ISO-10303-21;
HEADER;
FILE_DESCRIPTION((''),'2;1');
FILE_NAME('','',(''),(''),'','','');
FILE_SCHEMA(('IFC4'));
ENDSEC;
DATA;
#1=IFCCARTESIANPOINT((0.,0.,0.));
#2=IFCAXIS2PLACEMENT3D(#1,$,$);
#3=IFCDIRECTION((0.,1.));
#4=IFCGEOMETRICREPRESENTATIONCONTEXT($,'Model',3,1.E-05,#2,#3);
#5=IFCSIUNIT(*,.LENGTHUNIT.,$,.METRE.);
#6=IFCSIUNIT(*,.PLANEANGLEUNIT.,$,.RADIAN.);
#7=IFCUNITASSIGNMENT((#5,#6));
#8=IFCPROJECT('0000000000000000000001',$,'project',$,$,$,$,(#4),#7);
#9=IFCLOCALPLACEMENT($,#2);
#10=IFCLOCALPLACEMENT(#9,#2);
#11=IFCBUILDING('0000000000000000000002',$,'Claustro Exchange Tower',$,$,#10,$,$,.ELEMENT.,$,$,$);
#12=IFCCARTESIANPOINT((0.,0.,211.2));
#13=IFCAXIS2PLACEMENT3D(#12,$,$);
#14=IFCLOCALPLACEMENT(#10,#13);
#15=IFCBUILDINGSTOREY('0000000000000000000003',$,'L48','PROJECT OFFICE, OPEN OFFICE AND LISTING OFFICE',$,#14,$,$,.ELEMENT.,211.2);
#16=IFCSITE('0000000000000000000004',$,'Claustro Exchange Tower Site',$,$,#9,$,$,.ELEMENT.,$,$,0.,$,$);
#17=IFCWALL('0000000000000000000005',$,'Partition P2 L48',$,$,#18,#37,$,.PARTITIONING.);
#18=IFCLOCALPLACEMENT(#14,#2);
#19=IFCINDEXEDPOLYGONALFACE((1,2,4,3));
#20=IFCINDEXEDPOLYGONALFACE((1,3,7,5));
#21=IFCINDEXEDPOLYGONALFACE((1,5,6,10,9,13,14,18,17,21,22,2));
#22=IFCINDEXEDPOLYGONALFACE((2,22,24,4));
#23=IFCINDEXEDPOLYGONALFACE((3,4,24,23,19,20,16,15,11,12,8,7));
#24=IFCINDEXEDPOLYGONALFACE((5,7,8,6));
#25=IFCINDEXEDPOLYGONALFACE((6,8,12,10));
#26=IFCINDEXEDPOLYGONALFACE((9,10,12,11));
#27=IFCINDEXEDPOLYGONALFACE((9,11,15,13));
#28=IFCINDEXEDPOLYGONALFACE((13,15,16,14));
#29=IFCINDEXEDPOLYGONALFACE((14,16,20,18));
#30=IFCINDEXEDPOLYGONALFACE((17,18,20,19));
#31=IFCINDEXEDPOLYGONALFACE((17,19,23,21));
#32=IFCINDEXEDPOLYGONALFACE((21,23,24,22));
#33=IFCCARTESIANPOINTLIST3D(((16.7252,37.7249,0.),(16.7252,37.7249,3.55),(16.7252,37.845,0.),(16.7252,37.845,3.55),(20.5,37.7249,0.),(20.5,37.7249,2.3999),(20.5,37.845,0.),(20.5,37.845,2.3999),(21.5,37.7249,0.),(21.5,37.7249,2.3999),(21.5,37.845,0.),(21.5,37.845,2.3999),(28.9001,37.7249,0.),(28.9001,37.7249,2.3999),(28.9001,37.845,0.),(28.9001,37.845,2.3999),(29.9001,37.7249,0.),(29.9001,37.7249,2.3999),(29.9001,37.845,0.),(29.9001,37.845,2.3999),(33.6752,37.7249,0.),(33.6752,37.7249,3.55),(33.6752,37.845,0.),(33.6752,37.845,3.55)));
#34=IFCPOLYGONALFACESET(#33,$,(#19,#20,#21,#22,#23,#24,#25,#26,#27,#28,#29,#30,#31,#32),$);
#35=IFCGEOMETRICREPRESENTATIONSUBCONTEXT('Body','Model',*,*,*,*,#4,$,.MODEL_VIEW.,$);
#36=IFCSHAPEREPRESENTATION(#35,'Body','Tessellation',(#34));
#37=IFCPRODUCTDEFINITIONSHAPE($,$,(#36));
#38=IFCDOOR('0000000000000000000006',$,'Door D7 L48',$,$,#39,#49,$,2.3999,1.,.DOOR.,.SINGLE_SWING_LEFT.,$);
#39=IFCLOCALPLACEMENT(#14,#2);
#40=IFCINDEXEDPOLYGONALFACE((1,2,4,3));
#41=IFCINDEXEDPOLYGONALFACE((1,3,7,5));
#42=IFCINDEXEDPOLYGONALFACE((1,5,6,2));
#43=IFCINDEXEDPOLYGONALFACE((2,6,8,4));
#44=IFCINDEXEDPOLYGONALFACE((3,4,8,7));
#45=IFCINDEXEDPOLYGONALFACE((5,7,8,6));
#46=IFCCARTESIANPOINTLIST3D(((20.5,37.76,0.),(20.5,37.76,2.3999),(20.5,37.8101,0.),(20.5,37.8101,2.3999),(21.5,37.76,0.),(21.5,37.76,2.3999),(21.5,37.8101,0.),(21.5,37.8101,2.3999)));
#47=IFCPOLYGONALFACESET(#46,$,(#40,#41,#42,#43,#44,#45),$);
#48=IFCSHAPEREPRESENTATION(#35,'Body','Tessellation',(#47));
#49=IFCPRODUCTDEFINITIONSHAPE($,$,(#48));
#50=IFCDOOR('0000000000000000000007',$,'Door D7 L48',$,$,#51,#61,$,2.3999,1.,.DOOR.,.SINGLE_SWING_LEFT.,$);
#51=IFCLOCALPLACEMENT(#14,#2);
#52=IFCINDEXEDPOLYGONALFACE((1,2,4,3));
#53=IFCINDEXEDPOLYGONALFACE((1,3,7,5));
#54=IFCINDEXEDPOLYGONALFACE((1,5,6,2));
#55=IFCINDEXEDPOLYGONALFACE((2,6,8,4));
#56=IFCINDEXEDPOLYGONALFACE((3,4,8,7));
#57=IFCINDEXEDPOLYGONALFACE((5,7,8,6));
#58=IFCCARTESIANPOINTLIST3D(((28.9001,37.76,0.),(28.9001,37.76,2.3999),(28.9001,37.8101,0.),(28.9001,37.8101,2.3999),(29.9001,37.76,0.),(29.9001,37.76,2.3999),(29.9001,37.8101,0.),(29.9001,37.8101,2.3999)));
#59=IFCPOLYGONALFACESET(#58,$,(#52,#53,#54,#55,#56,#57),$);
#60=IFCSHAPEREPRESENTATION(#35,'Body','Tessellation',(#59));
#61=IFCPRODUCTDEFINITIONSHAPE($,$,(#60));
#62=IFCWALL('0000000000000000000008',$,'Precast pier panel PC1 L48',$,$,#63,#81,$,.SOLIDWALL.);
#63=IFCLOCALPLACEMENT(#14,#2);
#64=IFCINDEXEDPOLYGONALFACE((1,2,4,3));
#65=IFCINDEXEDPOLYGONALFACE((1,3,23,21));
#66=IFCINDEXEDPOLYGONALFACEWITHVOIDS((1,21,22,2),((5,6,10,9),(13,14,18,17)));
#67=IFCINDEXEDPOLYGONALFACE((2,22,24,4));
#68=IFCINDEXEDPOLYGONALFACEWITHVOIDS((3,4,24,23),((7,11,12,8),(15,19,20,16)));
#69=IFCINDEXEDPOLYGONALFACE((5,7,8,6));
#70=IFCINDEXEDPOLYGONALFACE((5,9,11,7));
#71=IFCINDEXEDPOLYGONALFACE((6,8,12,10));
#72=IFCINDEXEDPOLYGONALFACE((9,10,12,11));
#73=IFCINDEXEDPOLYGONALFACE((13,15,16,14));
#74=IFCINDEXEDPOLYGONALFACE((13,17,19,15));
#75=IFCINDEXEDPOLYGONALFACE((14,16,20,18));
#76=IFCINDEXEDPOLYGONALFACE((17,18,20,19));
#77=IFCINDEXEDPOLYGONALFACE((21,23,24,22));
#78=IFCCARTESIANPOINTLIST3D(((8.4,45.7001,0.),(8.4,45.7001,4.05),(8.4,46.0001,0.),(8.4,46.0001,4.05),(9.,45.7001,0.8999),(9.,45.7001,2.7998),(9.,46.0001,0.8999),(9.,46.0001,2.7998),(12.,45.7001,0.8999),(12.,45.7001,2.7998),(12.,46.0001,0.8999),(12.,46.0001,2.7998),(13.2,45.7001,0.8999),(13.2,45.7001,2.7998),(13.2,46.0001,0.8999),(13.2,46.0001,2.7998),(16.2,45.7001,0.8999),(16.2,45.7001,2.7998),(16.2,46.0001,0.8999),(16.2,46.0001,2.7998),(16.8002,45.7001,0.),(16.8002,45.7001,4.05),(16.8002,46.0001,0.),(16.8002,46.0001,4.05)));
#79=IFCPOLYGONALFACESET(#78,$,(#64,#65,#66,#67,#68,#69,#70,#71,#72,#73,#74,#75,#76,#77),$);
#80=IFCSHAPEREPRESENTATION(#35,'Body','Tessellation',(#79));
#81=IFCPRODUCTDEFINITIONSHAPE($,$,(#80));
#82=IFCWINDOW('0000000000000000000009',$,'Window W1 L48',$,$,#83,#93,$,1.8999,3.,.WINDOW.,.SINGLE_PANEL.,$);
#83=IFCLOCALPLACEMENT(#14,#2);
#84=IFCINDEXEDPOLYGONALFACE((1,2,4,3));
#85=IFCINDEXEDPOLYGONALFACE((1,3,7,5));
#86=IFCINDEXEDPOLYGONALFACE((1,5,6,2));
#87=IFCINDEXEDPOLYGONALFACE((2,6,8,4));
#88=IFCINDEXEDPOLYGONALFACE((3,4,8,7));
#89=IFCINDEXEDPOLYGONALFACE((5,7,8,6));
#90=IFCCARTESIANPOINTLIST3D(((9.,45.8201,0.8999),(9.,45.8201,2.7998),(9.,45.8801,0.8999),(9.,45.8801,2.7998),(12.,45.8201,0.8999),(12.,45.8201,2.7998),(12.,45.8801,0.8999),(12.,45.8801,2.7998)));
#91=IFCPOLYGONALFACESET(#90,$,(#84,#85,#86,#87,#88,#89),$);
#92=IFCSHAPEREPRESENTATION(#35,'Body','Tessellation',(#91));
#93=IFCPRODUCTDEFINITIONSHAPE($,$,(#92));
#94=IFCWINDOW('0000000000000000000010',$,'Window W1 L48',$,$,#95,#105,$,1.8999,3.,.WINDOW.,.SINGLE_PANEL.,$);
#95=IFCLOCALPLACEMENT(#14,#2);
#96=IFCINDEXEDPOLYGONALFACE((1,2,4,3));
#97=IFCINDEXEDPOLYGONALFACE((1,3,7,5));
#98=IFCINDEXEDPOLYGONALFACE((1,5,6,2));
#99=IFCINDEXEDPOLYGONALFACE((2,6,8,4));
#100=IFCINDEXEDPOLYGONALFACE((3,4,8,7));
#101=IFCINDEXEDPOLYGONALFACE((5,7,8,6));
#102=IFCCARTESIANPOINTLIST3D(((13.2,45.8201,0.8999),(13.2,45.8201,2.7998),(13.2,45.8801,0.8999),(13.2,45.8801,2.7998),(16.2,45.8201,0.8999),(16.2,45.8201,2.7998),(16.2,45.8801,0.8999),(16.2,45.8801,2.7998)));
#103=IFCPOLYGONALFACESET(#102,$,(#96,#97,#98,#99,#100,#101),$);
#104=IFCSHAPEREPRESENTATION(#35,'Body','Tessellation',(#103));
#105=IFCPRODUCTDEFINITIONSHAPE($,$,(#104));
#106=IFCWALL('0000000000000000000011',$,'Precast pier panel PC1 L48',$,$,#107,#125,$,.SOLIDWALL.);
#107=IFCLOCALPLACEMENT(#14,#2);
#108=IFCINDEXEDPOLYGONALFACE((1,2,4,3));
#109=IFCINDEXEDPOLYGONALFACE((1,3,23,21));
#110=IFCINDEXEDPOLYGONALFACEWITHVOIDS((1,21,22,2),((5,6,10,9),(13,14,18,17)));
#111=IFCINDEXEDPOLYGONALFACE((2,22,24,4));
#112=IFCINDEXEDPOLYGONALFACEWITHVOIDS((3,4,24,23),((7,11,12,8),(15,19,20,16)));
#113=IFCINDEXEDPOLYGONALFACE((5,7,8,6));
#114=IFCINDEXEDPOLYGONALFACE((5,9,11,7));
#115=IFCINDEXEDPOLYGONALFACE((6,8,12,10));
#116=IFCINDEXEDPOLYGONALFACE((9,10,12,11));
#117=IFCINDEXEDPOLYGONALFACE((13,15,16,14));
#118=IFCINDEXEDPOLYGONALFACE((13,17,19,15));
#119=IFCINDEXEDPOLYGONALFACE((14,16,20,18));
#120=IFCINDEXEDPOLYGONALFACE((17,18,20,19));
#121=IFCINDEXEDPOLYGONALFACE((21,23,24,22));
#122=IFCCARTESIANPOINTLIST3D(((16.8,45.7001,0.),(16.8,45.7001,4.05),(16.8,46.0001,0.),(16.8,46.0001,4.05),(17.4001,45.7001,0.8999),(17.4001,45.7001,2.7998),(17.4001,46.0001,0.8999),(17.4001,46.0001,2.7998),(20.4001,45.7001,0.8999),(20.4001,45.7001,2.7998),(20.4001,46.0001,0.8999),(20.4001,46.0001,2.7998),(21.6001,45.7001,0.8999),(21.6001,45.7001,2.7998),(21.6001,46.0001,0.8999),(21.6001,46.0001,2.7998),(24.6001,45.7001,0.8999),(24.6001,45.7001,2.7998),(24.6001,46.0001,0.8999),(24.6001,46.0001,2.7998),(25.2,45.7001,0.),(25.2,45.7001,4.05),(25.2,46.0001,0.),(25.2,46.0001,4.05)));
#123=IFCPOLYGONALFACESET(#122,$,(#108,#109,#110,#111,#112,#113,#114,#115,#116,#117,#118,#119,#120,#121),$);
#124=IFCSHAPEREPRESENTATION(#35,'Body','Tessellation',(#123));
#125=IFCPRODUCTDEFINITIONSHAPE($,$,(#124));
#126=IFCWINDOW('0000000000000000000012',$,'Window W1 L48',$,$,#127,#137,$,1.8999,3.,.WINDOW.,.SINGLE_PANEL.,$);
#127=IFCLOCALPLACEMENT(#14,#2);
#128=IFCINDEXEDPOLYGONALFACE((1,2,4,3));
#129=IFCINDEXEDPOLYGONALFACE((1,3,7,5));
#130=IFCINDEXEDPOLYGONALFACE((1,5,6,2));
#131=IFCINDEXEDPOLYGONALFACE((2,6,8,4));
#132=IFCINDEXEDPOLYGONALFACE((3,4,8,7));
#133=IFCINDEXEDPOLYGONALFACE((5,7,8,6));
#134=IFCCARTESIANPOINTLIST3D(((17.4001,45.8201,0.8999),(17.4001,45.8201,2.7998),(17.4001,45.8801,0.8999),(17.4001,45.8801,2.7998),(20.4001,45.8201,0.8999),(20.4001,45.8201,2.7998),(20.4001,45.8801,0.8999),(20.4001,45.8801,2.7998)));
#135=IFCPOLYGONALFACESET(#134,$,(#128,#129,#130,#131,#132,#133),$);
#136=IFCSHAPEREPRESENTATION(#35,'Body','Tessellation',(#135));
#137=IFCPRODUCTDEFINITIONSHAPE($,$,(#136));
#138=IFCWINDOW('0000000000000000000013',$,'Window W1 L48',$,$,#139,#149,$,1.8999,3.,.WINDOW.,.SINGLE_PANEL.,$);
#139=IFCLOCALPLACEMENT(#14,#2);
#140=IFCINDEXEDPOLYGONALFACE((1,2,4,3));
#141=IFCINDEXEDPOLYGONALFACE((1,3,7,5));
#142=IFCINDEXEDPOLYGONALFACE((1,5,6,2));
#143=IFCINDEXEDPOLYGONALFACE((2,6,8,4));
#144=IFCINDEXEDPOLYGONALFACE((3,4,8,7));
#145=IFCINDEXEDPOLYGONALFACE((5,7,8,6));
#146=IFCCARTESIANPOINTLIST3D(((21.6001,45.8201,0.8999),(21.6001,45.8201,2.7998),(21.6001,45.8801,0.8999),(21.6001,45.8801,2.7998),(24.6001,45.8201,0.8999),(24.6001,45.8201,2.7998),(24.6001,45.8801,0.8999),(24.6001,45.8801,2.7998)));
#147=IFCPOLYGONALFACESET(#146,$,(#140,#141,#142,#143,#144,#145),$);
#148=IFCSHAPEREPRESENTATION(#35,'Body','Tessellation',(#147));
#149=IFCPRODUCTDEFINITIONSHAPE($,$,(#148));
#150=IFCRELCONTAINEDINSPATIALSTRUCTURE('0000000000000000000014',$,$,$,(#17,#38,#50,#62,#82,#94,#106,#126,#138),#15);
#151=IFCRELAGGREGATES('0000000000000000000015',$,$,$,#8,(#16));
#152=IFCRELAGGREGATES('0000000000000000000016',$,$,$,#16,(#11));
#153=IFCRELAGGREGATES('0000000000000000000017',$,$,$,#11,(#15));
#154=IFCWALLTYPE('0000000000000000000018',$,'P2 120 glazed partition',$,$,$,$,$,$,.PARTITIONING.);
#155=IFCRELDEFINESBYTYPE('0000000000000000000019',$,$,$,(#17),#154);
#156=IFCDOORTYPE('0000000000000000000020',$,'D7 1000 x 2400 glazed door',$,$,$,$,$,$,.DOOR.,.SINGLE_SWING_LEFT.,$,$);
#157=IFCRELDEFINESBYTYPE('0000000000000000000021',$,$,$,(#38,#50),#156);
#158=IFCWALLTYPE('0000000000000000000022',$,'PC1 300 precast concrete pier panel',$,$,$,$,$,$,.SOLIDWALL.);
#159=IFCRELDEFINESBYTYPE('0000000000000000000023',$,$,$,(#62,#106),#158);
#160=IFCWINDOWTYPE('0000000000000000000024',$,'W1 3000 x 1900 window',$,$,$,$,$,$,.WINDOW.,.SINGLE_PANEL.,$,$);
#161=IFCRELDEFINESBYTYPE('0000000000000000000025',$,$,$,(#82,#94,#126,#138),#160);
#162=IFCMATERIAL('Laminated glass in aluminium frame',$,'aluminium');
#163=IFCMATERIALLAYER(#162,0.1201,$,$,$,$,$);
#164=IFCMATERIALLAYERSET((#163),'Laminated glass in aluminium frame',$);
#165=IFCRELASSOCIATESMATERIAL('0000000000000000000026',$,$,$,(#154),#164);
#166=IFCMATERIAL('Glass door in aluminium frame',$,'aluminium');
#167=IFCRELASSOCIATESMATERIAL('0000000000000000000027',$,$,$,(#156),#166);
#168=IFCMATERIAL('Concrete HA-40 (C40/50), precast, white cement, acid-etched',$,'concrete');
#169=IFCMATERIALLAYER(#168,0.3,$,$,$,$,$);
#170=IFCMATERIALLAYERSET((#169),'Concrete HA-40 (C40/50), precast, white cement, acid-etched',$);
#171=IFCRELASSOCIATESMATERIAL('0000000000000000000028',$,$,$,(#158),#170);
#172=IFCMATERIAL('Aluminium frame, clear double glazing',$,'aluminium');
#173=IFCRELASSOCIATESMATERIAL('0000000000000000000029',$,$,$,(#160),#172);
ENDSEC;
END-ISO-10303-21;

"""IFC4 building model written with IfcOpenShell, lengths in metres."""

from ifc_helpers import new_model, si_unit, direction, frame, frame_2d, origin, place, context, subcontext, project, spatial, rectangle, extrude, material, layer, layer_set, type_object, element, fill, save


model = new_model("IFC4")

# Units and contexts
model_context = context("Model", 3, precision=1e-05, world=origin(), true_north=direction((0.0, 1.0)))
body_context = subcontext(model_context, "Body", "Model", "MODEL_VIEW")
ifc_project = project(units=[si_unit("LENGTHUNIT", "METRE"), si_unit("PLANEANGLEUNIT", "RADIAN")], contexts=[model_context])

# Site, building, storey
site_placement = place(None, origin())
site = spatial("IfcSite", under=ifc_project, at=site_placement, Name="Claustro Exchange Tower Site", CompositionType="ELEMENT", RefElevation=0.0)
building_placement = place(site_placement, origin())
building = spatial("IfcBuilding", under=site, at=building_placement, Name="Claustro Exchange Tower", CompositionType="ELEMENT")
storey_placement = place(building_placement, frame((0.0, 0.0, 211.2)))
storey = spatial("IfcBuildingStorey", under=building, at=storey_placement, Name="L48", Description="PROJECT OFFICE, OPEN OFFICE AND LISTING OFFICE", CompositionType="ELEMENT", Elevation=211.2)

# Shared definitions
ifc_material_1 = material(Name="Laminated glass in aluminium frame", Category="aluminium")
ifc_layer_1 = layer(ifc_material_1, 0.1201)
ifc_layer_set_1 = layer_set([ifc_layer_1], Name="Laminated glass in aluminium frame")
wall_type_1 = type_object("IfcWallType", Name="P2 120 glazed partition", PredefinedType="PARTITIONING", material=ifc_layer_set_1)

# Wall, openings, doors
wall_1_placement = place(storey_placement, frame((16.7251, 37.7849, 0.0), z_axis=(0.0, 0.0, 1.0), x_axis=(1.0, 0.0, 0.0)))
wall_1 = element("IfcWall", 1, at=wall_1_placement, inside=storey, type_object=wall_type_1, Name="Partition P2 L48", PredefinedType="PARTITIONING", context=body_context, shape_type="SweptSolid", body=[
    extrude(rectangle(XDim=16.95, YDim=0.1201, at=frame_2d((8.4751, 0.0))), origin(), (0.0, 0.0, 1.0), 3.55),
])
opening_1_placement = place(wall_1_placement, frame((3.7749, 0.0, 0.0)))
opening_1 = element("IfcOpeningElement", 2, at=opening_1_placement, cuts=wall_1, PredefinedType="OPENING", context=body_context, shape_type="SweptSolid", body=[
    extrude(rectangle(XDim=1.0, YDim=2.3999, at=frame_2d((0.5, 1.2))), frame((0.0, 0.0701, 0.0), z_axis=(0.0, -1.0, 0.0), x_axis=(1.0, 0.0, 0.0)), (0.0, 0.0, 1.0), 0.1401),
])
opening_2_placement = place(wall_1_placement, frame((12.175, 0.0, 0.0)))
opening_2 = element("IfcOpeningElement", 3, at=opening_2_placement, cuts=wall_1, PredefinedType="OPENING", context=body_context, shape_type="SweptSolid", body=[
    extrude(rectangle(XDim=1.0, YDim=2.3999, at=frame_2d((0.5, 1.2))), frame((0.0, 0.0701, 0.0), z_axis=(0.0, -1.0, 0.0), x_axis=(1.0, 0.0, 0.0)), (0.0, 0.0, 1.0), 0.1401),
])
ifc_material_2 = material(Name="Glass door in aluminium frame", Category="aluminium")
door_type = type_object("IfcDoorType", Name="D7 1000 x 2400 glazed door", OperationType="SINGLE_SWING_LEFT", PredefinedType="DOOR", material=ifc_material_2)
door_1_placement = place(opening_1_placement, frame((1.0, 0.0, 0.0), z_axis=(0.0, 0.0, 1.0), x_axis=(-1.0, 0.0, 0.0)))
door_1 = element("IfcDoor", 4, at=door_1_placement, inside=storey, type_object=door_type, Name="Door D7 L48", OperationType="SINGLE_SWING_LEFT", OverallHeight=2.3999, OverallWidth=1.0, PredefinedType="DOOR", context=body_context, shape_type="SweptSolid", body=[
    extrude(rectangle(XDim=1.0, YDim=2.3999, at=frame_2d((0.5, 1.2))), frame((0.0, 0.0249, 0.0), z_axis=(0.0, -1.0, 0.0), x_axis=(1.0, 0.0, 0.0)), (0.0, 0.0, 1.0), 0.05),
])
fill(opening_1, door_1)
door_2_placement = place(opening_2_placement, frame((1.0, 0.0, 0.0), z_axis=(0.0, 0.0, 1.0), x_axis=(-1.0, 0.0, 0.0)))
door_2 = element("IfcDoor", 5, at=door_2_placement, inside=storey, type_object=door_type, Name="Door D7 L48", OperationType="SINGLE_SWING_LEFT", OverallHeight=2.3999, OverallWidth=1.0, PredefinedType="DOOR", context=body_context, shape_type="SweptSolid", body=[
    extrude(rectangle(XDim=1.0, YDim=2.3999, at=frame_2d((0.5, 1.2))), frame((0.0, 0.0249, 0.0), z_axis=(0.0, -1.0, 0.0), x_axis=(1.0, 0.0, 0.0)), (0.0, 0.0, 1.0), 0.05),
])
fill(opening_2, door_2)

# Walls, openings, windows
ifc_material_3 = material(Name="Concrete HA-40 (C40/50), precast, white cement, acid-etched", Category="concrete")
ifc_layer_2 = layer(ifc_material_3, 0.3)
ifc_layer_set_2 = layer_set([ifc_layer_2], Name="Concrete HA-40 (C40/50), precast, white cement, acid-etched")
wall_type_2 = type_object("IfcWallType", Name="PC1 300 precast concrete pier panel", PredefinedType="SOLIDWALL", material=ifc_layer_set_2)
wall_2_placement = place(storey_placement, frame((8.3999, 45.8501, 0.0), z_axis=(0.0, 0.0, 1.0), x_axis=(1.0, 0.0, 0.0)))
wall_2 = element("IfcWall", 6, at=wall_2_placement, inside=storey, type_object=wall_type_2, Name="Precast pier panel PC1 L48", PredefinedType="SOLIDWALL", context=body_context, shape_type="SweptSolid", body=[
    extrude(rectangle(XDim=8.4001, YDim=0.3, at=frame_2d((4.2002, 0.0))), origin(), (0.0, 0.0, 1.0), 4.05),
])
opening_3_placement = place(wall_2_placement, frame((0.6001, 0.0, 0.8999)))
opening_3 = element("IfcOpeningElement", 7, at=opening_3_placement, cuts=wall_2, PredefinedType="OPENING", context=body_context, shape_type="SweptSolid", body=[
    extrude(rectangle(XDim=3.0, YDim=1.8999, at=frame_2d((1.5, 0.95))), frame((0.0, 0.1599, 0.0), z_axis=(0.0, -1.0, 0.0), x_axis=(1.0, 0.0, 0.0)), (0.0, 0.0, 1.0), 0.3201),
])
opening_4_placement = place(wall_2_placement, frame((4.8, 0.0, 0.8999)))
opening_4 = element("IfcOpeningElement", 8, at=opening_4_placement, cuts=wall_2, PredefinedType="OPENING", context=body_context, shape_type="SweptSolid", body=[
    extrude(rectangle(XDim=3.0, YDim=1.8999, at=frame_2d((1.5, 0.95))), frame((0.0, 0.1599, 0.0), z_axis=(0.0, -1.0, 0.0), x_axis=(1.0, 0.0, 0.0)), (0.0, 0.0, 1.0), 0.3201),
])
ifc_material_4 = material(Name="Aluminium frame, clear double glazing", Category="aluminium")
window_type = type_object("IfcWindowType", Name="W1 3000 x 1900 window", PartitioningType="SINGLE_PANEL", PredefinedType="WINDOW", material=ifc_material_4)
window_1_placement = place(opening_3_placement, origin())
window_1 = element("IfcWindow", 9, at=window_1_placement, inside=storey, type_object=window_type, Name="Window W1 L48", OverallHeight=1.8999, OverallWidth=3.0, PartitioningType="SINGLE_PANEL", PredefinedType="WINDOW", context=body_context, shape_type="SweptSolid", body=[
    extrude(rectangle(XDim=3.0, YDim=1.8999, at=frame_2d((1.5, 0.95))), frame((0.0, 0.03, 0.0), z_axis=(0.0, -1.0, 0.0), x_axis=(1.0, 0.0, 0.0)), (0.0, 0.0, 1.0), 0.0601),
])
fill(opening_3, window_1)
window_2_placement = place(opening_4_placement, origin())
window_2 = element("IfcWindow", 10, at=window_2_placement, inside=storey, type_object=window_type, Name="Window W1 L48", OverallHeight=1.8999, OverallWidth=3.0, PartitioningType="SINGLE_PANEL", PredefinedType="WINDOW", context=body_context, shape_type="SweptSolid", body=[
    extrude(rectangle(XDim=3.0, YDim=1.8999, at=frame_2d((1.5, 0.95))), frame((0.0, 0.03, 0.0), z_axis=(0.0, -1.0, 0.0), x_axis=(1.0, 0.0, 0.0)), (0.0, 0.0, 1.0), 0.0601),
])
fill(opening_4, window_2)
wall_3_placement = place(storey_placement, frame((16.8, 45.8501, 0.0), z_axis=(0.0, 0.0, 1.0), x_axis=(1.0, 0.0, 0.0)))
wall_3 = element("IfcWall", 11, at=wall_3_placement, inside=storey, type_object=wall_type_2, Name="Precast pier panel PC1 L48", PredefinedType="SOLIDWALL", context=body_context, shape_type="SweptSolid", body=[
    extrude(rectangle(XDim=8.3999, YDim=0.3, at=frame_2d((4.2, 0.0))), origin(), (0.0, 0.0, 1.0), 4.05),
])
opening_5_placement = place(wall_3_placement, frame((0.6001, 0.0, 0.8999)))
opening_5 = element("IfcOpeningElement", 12, at=opening_5_placement, cuts=wall_3, PredefinedType="OPENING", context=body_context, shape_type="SweptSolid", body=[
    extrude(rectangle(XDim=3.0, YDim=1.8999, at=frame_2d((1.5, 0.95))), frame((0.0, 0.1599, 0.0), z_axis=(0.0, -1.0, 0.0), x_axis=(1.0, 0.0, 0.0)), (0.0, 0.0, 1.0), 0.3201),
])
opening_6_placement = place(wall_3_placement, frame((4.8, 0.0, 0.8999)))
opening_6 = element("IfcOpeningElement", 13, at=opening_6_placement, cuts=wall_3, PredefinedType="OPENING", context=body_context, shape_type="SweptSolid", body=[
    extrude(rectangle(XDim=3.0, YDim=1.8999, at=frame_2d((1.5, 0.95))), frame((0.0, 0.1599, 0.0), z_axis=(0.0, -1.0, 0.0), x_axis=(1.0, 0.0, 0.0)), (0.0, 0.0, 1.0), 0.3201),
])
window_3_placement = place(opening_5_placement, origin())
window_3 = element("IfcWindow", 14, at=window_3_placement, inside=storey, type_object=window_type, Name="Window W1 L48", OverallHeight=1.8999, OverallWidth=3.0, PartitioningType="SINGLE_PANEL", PredefinedType="WINDOW", context=body_context, shape_type="SweptSolid", body=[
    extrude(rectangle(XDim=3.0, YDim=1.8999, at=frame_2d((1.5, 0.95))), frame((0.0, 0.03, 0.0), z_axis=(0.0, -1.0, 0.0), x_axis=(1.0, 0.0, 0.0)), (0.0, 0.0, 1.0), 0.0601),
])
fill(opening_5, window_3)
window_4_placement = place(opening_6_placement, origin())
window_4 = element("IfcWindow", 15, at=window_4_placement, inside=storey, type_object=window_type, Name="Window W1 L48", OverallHeight=1.8999, OverallWidth=3.0, PartitioningType="SINGLE_PANEL", PredefinedType="WINDOW", context=body_context, shape_type="SweptSolid", body=[
    extrude(rectangle(XDim=3.0, YDim=1.8999, at=frame_2d((1.5, 0.95))), frame((0.0, 0.03, 0.0), z_axis=(0.0, -1.0, 0.0), x_axis=(1.0, 0.0, 0.0)), (0.0, 0.0, 1.0), 0.0601),
])
fill(opening_6, window_4)

save(model, "model.ifc")
